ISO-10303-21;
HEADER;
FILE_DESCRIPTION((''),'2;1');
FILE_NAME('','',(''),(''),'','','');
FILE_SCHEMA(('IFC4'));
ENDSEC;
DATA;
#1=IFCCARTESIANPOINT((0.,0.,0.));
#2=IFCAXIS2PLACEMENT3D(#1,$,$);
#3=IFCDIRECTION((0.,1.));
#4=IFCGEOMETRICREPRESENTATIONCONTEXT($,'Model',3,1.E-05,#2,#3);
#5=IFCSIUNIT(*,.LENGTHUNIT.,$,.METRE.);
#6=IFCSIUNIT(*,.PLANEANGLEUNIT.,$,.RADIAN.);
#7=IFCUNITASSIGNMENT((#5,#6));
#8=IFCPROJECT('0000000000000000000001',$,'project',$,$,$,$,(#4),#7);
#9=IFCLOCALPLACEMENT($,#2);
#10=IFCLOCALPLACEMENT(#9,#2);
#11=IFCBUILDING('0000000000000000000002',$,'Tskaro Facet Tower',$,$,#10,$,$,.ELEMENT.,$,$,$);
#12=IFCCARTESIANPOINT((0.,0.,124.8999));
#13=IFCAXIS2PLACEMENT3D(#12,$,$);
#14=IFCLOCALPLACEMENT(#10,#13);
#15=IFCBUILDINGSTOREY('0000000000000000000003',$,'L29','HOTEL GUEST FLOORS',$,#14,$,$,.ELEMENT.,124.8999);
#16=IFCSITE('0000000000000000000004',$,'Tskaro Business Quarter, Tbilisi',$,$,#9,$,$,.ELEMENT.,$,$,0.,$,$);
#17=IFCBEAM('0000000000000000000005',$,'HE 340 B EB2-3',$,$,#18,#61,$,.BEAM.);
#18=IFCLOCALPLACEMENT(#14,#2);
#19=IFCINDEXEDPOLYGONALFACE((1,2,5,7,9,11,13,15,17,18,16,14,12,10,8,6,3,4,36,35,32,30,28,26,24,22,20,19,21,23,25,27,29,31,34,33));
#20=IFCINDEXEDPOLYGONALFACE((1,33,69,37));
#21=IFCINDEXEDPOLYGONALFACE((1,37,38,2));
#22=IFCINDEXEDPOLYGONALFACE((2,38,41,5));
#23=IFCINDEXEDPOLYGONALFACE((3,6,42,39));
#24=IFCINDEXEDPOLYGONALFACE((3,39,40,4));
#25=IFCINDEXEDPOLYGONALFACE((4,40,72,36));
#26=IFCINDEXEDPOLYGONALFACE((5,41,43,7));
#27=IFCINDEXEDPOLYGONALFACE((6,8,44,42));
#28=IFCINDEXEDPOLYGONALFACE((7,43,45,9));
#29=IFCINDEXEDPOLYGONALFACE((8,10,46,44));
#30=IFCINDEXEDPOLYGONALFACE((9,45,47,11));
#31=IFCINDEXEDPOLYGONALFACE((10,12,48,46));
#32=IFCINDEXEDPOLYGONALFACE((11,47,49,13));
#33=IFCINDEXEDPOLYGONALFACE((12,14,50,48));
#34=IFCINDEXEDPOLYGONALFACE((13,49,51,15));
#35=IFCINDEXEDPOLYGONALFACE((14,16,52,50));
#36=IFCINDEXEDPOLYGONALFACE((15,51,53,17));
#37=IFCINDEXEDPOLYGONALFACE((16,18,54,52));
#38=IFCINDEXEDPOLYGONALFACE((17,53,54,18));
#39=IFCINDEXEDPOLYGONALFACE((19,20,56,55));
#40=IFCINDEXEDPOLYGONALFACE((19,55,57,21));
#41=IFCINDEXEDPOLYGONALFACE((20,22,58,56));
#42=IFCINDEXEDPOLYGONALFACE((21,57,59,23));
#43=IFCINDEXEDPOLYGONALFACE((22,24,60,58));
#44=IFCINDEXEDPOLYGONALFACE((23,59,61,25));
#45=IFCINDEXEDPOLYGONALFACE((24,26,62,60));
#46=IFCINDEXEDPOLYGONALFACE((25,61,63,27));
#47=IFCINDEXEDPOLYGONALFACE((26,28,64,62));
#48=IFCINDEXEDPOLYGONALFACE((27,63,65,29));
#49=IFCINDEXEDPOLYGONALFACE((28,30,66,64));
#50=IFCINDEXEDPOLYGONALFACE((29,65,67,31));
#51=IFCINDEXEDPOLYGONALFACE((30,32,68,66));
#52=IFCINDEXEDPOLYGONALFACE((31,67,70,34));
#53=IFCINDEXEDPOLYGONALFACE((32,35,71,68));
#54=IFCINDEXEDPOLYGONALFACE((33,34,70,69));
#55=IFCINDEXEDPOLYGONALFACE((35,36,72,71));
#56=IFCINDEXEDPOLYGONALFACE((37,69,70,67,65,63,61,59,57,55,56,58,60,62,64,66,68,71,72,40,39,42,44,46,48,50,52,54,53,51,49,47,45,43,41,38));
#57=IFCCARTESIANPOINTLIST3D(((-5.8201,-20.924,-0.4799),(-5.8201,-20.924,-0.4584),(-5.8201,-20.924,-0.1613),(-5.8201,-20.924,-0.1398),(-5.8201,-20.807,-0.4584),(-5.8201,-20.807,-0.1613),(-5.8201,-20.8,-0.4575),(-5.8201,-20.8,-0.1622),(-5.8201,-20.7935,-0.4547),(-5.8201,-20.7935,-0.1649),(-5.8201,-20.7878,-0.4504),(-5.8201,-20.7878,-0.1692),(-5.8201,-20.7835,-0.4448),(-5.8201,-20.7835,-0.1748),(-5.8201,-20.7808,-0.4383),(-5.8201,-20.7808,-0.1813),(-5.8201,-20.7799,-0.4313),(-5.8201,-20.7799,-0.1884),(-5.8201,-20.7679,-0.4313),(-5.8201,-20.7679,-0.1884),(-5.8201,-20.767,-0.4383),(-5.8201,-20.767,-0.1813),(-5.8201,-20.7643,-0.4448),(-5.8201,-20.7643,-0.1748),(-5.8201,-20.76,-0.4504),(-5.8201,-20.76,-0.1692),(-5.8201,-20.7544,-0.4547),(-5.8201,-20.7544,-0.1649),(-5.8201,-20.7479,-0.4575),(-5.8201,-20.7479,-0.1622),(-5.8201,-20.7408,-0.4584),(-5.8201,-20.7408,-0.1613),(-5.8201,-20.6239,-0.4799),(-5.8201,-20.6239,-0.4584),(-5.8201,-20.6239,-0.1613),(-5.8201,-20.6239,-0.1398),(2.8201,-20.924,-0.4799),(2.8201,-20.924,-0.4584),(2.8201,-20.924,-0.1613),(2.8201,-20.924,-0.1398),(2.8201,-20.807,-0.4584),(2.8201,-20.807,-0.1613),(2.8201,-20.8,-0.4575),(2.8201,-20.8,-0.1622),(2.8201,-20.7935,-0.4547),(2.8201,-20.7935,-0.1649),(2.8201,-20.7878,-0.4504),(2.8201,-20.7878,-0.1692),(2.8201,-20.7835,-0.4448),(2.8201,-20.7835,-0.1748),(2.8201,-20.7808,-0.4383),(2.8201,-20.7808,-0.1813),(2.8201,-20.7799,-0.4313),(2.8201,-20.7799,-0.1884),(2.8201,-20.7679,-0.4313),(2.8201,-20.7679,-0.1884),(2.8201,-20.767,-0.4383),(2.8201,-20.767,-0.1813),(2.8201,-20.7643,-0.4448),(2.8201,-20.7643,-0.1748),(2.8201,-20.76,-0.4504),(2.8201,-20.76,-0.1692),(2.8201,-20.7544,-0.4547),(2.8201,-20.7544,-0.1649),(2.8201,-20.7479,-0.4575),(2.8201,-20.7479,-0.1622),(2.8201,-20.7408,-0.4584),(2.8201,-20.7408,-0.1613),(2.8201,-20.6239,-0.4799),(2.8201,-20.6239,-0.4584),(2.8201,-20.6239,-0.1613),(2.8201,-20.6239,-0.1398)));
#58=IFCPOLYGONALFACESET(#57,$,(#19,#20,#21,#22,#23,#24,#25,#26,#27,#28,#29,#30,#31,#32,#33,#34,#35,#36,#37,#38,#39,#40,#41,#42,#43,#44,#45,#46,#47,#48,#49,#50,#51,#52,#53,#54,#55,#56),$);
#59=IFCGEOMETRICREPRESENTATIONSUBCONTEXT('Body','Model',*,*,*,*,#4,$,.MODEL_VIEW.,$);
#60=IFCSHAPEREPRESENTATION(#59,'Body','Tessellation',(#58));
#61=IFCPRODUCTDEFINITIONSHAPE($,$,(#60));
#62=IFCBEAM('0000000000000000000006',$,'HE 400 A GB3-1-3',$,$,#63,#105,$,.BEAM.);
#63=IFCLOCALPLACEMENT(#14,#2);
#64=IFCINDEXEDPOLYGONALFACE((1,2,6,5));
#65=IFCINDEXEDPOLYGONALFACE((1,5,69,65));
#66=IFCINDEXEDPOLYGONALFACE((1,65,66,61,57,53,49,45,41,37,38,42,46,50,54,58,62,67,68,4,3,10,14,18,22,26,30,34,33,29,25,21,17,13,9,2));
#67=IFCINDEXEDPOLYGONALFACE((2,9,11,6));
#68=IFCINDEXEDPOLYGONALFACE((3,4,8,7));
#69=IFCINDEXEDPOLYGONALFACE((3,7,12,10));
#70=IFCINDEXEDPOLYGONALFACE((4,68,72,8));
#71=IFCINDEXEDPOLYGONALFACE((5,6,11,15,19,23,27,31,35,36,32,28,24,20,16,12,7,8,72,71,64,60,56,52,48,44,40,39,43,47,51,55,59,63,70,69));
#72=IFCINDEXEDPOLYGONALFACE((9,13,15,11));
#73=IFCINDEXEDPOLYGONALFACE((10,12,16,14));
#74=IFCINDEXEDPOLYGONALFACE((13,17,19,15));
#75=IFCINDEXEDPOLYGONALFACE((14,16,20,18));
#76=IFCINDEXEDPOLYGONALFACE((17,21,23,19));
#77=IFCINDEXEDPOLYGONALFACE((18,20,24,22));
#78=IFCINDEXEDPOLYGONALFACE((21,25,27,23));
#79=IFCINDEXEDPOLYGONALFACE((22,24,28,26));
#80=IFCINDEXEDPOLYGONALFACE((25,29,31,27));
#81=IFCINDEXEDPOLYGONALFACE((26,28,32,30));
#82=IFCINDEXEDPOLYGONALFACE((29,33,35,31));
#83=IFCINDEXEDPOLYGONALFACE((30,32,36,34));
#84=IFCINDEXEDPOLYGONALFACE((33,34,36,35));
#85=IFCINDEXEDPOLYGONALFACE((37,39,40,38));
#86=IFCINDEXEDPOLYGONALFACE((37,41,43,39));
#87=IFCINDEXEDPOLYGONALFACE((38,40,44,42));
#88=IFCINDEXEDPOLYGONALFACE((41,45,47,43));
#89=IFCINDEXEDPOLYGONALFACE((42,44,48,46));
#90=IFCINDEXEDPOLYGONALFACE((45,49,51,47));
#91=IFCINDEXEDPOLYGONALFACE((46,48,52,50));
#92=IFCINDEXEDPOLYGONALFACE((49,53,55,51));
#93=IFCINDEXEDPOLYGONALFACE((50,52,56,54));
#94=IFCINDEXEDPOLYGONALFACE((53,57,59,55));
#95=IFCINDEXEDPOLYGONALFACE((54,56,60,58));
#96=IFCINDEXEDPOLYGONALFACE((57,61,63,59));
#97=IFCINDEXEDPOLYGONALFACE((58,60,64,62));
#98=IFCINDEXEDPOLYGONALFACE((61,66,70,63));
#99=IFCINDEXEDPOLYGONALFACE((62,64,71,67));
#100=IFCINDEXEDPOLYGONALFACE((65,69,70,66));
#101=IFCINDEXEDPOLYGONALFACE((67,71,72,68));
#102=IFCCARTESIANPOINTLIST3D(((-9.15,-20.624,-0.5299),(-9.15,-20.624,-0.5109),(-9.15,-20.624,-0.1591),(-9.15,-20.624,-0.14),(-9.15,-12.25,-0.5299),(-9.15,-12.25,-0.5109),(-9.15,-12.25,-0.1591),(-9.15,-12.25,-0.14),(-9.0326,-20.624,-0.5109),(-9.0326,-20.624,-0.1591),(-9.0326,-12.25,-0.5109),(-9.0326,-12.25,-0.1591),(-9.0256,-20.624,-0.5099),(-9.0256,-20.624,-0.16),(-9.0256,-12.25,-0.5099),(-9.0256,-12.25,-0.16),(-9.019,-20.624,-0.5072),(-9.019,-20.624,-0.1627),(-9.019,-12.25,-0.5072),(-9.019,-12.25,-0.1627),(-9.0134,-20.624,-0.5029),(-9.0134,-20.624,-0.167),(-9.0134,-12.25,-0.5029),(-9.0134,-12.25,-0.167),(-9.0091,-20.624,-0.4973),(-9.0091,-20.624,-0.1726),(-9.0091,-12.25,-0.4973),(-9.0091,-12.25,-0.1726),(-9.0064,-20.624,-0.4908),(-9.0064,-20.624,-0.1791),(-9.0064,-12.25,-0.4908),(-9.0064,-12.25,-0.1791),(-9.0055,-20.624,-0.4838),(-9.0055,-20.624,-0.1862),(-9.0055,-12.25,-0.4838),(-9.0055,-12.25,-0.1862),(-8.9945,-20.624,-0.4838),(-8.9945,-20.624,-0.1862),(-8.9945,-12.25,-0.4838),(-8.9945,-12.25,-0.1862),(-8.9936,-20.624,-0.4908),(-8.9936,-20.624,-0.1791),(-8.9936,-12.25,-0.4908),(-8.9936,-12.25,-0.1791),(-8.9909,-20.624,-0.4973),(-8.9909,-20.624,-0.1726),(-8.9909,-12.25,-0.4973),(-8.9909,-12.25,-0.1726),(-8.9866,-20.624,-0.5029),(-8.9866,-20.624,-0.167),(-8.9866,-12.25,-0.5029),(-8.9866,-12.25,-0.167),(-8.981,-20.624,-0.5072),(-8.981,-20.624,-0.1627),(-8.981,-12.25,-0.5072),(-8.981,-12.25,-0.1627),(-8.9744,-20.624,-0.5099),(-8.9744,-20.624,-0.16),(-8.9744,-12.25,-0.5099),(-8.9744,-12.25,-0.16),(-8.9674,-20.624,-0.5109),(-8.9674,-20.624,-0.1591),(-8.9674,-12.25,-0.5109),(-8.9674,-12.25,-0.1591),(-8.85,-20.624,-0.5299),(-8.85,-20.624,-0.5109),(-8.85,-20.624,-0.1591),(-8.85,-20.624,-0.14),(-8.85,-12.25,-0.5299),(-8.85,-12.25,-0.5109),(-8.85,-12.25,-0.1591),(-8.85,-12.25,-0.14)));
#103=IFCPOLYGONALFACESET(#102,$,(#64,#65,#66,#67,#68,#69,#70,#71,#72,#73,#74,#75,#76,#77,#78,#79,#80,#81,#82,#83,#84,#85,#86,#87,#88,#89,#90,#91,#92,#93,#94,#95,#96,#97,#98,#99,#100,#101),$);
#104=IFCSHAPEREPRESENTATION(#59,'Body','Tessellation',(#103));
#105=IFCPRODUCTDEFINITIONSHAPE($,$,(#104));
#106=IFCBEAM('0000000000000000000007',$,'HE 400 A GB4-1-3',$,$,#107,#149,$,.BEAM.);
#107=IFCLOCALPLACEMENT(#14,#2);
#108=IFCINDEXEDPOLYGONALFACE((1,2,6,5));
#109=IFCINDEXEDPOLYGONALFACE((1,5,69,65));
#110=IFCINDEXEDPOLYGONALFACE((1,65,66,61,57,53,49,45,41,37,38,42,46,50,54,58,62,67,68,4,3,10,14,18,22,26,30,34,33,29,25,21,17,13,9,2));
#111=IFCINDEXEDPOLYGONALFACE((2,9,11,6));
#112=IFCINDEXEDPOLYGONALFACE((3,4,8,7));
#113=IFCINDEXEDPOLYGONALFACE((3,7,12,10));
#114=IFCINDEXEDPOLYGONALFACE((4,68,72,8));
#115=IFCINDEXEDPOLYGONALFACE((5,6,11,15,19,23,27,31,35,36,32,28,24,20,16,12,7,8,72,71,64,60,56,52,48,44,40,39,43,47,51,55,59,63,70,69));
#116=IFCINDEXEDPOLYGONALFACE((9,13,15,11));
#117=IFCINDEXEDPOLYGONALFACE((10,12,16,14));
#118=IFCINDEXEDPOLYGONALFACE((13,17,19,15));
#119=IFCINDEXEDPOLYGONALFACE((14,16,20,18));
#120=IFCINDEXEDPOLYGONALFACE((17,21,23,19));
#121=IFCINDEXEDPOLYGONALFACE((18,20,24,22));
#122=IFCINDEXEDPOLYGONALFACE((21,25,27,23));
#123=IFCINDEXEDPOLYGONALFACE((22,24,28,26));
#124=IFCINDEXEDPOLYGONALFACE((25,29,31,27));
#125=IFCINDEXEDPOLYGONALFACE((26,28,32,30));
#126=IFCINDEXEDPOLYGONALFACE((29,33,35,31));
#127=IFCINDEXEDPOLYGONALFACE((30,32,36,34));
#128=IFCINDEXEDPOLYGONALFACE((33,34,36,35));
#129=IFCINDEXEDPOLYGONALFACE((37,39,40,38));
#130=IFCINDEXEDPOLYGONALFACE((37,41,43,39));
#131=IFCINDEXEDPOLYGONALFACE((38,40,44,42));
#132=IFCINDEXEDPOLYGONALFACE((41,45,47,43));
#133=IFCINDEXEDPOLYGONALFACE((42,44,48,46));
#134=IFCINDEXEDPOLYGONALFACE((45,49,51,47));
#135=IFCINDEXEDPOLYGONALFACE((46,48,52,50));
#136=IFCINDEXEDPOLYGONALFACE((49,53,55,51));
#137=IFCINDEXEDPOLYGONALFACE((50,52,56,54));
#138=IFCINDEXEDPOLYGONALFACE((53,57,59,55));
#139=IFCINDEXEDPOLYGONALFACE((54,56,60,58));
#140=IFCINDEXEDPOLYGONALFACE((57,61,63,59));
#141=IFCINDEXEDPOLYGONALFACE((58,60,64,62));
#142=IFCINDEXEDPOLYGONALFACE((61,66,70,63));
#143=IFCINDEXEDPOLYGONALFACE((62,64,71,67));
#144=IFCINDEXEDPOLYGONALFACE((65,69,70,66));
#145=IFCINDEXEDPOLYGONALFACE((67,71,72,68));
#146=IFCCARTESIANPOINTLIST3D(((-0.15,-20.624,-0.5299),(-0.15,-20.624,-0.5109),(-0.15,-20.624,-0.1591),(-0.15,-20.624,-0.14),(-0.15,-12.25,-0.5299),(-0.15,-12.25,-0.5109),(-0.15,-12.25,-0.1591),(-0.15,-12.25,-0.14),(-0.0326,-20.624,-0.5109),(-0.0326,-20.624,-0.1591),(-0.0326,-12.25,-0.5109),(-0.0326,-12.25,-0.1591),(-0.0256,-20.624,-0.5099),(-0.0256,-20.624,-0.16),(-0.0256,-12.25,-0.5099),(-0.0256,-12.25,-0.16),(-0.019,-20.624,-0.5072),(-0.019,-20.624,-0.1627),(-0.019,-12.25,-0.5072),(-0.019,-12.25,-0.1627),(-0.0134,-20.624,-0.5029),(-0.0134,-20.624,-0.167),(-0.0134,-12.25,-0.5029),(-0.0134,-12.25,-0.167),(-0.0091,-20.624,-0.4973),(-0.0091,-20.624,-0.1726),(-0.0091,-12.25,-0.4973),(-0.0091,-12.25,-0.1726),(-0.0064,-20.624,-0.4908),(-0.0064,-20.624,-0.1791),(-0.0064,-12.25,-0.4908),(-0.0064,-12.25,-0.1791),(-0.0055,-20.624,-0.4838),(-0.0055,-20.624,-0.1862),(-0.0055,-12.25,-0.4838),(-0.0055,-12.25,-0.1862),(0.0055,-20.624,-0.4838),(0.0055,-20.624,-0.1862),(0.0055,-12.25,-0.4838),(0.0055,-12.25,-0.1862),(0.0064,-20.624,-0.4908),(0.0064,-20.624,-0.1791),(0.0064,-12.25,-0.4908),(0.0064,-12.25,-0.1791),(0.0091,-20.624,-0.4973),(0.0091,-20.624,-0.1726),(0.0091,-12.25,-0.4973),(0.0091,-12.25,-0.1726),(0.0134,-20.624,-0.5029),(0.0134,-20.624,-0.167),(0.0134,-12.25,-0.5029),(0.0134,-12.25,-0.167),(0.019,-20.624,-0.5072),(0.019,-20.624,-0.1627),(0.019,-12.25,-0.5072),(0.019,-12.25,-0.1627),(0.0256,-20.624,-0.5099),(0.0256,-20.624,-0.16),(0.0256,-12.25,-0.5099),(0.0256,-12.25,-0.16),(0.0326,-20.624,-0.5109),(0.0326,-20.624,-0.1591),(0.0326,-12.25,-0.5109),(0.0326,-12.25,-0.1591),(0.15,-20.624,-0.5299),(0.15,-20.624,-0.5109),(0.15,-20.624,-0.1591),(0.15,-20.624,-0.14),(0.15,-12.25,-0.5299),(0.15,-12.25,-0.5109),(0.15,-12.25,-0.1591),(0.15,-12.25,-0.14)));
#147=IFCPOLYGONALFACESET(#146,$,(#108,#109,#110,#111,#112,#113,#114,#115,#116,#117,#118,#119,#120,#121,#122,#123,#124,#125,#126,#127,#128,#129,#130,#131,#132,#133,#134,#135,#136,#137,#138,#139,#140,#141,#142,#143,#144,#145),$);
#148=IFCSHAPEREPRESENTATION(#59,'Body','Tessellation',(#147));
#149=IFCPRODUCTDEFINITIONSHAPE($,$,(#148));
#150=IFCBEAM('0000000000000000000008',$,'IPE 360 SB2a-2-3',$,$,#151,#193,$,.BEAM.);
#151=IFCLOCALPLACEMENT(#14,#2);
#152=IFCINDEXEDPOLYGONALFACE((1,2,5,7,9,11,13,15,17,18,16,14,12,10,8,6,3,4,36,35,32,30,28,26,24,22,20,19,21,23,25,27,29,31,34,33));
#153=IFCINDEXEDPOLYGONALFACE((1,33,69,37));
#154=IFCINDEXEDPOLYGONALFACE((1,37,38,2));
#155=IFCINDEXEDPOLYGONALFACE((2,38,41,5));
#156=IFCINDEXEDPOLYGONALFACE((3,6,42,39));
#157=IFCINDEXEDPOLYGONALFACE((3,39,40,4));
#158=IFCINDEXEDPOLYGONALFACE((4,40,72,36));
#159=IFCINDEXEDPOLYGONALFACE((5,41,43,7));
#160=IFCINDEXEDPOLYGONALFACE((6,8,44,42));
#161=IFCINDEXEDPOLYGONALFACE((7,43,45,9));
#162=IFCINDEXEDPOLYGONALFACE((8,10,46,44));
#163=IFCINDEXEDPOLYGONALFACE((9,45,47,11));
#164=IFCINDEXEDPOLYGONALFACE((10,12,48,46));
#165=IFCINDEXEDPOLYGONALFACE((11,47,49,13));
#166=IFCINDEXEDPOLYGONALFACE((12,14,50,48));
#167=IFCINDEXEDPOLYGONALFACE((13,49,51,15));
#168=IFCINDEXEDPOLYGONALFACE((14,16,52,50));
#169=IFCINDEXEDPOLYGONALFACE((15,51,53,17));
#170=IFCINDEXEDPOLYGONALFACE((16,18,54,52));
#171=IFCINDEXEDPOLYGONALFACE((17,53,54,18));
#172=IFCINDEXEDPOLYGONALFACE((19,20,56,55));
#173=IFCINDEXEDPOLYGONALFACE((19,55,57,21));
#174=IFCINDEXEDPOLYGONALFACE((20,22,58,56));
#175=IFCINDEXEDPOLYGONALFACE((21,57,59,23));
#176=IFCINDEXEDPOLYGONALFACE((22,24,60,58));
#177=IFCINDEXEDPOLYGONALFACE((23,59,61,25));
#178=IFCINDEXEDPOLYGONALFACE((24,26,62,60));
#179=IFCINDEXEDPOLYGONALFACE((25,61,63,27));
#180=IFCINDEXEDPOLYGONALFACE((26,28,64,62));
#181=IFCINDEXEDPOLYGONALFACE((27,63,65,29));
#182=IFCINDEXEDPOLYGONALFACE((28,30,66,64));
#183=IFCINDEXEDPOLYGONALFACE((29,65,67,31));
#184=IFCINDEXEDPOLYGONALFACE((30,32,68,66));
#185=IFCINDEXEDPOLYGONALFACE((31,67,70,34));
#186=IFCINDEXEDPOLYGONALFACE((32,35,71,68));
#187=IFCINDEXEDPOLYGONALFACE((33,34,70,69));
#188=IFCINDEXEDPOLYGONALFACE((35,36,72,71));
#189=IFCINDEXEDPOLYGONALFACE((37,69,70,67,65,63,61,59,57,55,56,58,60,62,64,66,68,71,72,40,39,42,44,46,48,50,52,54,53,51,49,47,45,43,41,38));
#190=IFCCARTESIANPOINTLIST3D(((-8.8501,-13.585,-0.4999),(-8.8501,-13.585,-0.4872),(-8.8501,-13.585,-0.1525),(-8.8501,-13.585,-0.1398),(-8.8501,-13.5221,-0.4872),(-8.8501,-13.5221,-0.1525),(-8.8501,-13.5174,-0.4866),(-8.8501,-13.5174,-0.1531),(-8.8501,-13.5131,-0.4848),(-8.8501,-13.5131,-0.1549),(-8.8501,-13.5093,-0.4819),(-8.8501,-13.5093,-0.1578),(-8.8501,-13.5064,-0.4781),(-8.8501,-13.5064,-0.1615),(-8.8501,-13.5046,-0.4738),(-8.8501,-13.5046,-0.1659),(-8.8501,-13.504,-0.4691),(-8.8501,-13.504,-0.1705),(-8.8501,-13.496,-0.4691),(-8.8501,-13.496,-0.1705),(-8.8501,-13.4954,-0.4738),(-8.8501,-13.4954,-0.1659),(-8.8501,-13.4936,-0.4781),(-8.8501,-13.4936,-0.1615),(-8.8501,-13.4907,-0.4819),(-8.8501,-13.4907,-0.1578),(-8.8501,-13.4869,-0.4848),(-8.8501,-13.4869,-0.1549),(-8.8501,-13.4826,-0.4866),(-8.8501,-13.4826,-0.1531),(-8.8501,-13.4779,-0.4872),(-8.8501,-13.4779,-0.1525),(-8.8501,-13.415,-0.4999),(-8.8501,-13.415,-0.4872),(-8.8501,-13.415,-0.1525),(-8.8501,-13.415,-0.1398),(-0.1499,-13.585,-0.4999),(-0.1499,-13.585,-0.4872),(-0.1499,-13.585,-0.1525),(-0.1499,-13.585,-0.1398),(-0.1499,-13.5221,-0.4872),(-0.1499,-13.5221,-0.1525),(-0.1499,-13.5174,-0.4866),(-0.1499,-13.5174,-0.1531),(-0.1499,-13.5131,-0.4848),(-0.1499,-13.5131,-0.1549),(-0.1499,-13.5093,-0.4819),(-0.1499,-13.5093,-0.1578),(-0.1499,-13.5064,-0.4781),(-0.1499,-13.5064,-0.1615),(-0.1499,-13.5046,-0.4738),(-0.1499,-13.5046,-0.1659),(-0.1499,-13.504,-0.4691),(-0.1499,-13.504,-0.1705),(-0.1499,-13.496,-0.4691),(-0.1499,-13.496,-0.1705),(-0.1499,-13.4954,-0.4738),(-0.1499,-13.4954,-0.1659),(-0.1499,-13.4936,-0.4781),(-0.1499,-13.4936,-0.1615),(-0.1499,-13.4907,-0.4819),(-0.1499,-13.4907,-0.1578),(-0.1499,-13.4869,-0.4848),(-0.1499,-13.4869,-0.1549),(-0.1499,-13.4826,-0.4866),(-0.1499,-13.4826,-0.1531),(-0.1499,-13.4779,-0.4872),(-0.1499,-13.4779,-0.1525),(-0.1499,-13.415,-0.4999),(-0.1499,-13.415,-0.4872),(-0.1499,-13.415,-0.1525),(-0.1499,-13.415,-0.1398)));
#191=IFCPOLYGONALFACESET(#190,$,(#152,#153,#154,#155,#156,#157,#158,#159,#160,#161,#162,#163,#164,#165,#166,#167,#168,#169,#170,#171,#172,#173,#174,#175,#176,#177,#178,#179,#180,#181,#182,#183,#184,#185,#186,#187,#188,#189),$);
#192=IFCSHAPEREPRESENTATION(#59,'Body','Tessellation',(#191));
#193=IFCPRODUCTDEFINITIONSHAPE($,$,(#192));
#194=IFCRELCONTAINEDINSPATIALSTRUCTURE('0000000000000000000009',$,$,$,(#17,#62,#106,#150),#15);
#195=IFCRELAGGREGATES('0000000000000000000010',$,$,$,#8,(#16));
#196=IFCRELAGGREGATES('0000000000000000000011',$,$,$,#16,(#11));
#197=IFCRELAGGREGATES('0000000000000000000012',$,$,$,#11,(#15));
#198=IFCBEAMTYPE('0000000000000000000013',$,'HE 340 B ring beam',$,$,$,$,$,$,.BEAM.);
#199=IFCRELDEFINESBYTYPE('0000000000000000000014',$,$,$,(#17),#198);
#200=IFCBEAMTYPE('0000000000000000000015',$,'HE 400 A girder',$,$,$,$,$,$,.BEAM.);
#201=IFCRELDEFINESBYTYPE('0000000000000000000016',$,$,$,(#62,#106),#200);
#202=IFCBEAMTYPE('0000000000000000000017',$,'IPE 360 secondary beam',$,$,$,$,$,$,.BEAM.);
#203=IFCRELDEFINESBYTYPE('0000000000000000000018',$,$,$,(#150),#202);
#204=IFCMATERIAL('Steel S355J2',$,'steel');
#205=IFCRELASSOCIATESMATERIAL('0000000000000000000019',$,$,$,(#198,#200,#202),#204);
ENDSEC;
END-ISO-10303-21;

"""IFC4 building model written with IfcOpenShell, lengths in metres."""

from ifc_helpers import new_model, si_unit, direction, frame, origin, origin_2d, place, context, subcontext, project, spatial, i_section, extrude, material, material_profile, profile_set, type_object, element, save


model = new_model("IFC4")

# Units and contexts
model_context = context("Model", 3, precision=1e-05, world=origin(), true_north=direction((0.0, 1.0)))
body_context = subcontext(model_context, "Body", "Model", "MODEL_VIEW")
ifc_project = project(units=[si_unit("LENGTHUNIT", "METRE"), si_unit("PLANEANGLEUNIT", "RADIAN")], contexts=[model_context])

# Site, building, storey
site_placement = place(None, origin())
site = spatial("IfcSite", under=ifc_project, at=site_placement, Name="Tskaro Business Quarter, Tbilisi", CompositionType="ELEMENT", RefElevation=0.0)
building_placement = place(site_placement, origin())
building = spatial("IfcBuilding", under=site, at=building_placement, Name="Tskaro Facet Tower", CompositionType="ELEMENT")
storey_placement = place(building_placement, frame((0.0, 0.0, 124.8999)))
storey = spatial("IfcBuildingStorey", under=building, at=storey_placement, Name="L29", Description="HOTEL GUEST FLOORS", CompositionType="ELEMENT", Elevation=124.8999)

# Beams
ifc_material_1 = material(Name="Steel S355J2", Category="steel")
ifc_material_profile_1 = material_profile(ifc_material_1, i_section(OverallWidth=0.3, OverallDepth=0.3401, WebThickness=0.012, FlangeThickness=0.0215, FilletRadius=0.0271, at=origin_2d()), Name="HE 340 B")
ifc_profile_set_1 = profile_set([ifc_material_profile_1], Name="Steel S355J2")
beam_type_1 = type_object("IfcBeamType", Name="HE 340 B ring beam", PredefinedType="BEAM", material=ifc_profile_set_1)
beam_1_placement = place(storey_placement, frame((-5.8201, -20.7739, -0.3098), z_axis=(1.0, 0.0, 0.0), x_axis=(0.0, 1.0, 0.0)))
element("IfcBeam", 1, at=beam_1_placement, inside=storey, type_object=beam_type_1, Name="HE 340 B EB2-3", PredefinedType="BEAM", context=body_context, shape_type="SweptSolid", body=[
    extrude(i_section(OverallWidth=0.3, OverallDepth=0.3401, WebThickness=0.012, FlangeThickness=0.0215, FilletRadius=0.0271, at=origin_2d()), origin(), (0.0, 0.0, 1.0), 8.6401),
])
ifc_material_profile_2 = material_profile(ifc_material_1, i_section(OverallWidth=0.3, OverallDepth=0.3899, WebThickness=0.011, FlangeThickness=0.019, FilletRadius=0.0271, at=origin_2d()), Name="HE 400 A")
ifc_profile_set_2 = profile_set([ifc_material_profile_2], Name="Steel S355J2")
beam_type_2 = type_object("IfcBeamType", Name="HE 400 A girder", PredefinedType="BEAM", material=ifc_profile_set_2)
for number, where, z_axis, x_axis, name in (
    (2, (-9.0, -20.624, -0.335), (0.0, 1.0, 0.0), (-1.0, 0.0, 0.0), "HE 400 A GB3-1-3"),
    (3, (0.0, -20.624, -0.335), (0.0, 1.0, 0.0), (-1.0, 0.0, 0.0), "HE 400 A GB4-1-3"),
):
    element("IfcBeam", number, at=place(storey_placement, frame(where, z_axis=z_axis, x_axis=x_axis)), inside=storey, type_object=beam_type_2, Name=name, PredefinedType="BEAM", context=body_context, shape_type="SweptSolid", body=[
        extrude(i_section(OverallWidth=0.3, OverallDepth=0.3899, WebThickness=0.011, FlangeThickness=0.019, FilletRadius=0.0271, at=origin_2d()), origin(), (0.0, 0.0, 1.0), 8.374),
    ])
ifc_material_profile_3 = material_profile(ifc_material_1, i_section(OverallWidth=0.1699, OverallDepth=0.3601, WebThickness=0.0081, FlangeThickness=0.0127, FilletRadius=0.0181, at=origin_2d()), Name="IPE 360")
ifc_profile_set_3 = profile_set([ifc_material_profile_3], Name="Steel S355J2")
beam_type_3 = type_object("IfcBeamType", Name="IPE 360 secondary beam", PredefinedType="BEAM", material=ifc_profile_set_3)
beam_2_placement = place(storey_placement, frame((-8.8501, -13.5, -0.3198), z_axis=(1.0, 0.0, 0.0), x_axis=(0.0, 1.0, 0.0)))
element("IfcBeam", 4, at=beam_2_placement, inside=storey, type_object=beam_type_3, Name="IPE 360 SB2a-2-3", PredefinedType="BEAM", context=body_context, shape_type="SweptSolid", body=[
    extrude(i_section(OverallWidth=0.1699, OverallDepth=0.3601, WebThickness=0.0081, FlangeThickness=0.0127, FilletRadius=0.0181, at=origin_2d()), origin(), (0.0, 0.0, 1.0), 8.7002),
])

save(model, "model.ifc")
